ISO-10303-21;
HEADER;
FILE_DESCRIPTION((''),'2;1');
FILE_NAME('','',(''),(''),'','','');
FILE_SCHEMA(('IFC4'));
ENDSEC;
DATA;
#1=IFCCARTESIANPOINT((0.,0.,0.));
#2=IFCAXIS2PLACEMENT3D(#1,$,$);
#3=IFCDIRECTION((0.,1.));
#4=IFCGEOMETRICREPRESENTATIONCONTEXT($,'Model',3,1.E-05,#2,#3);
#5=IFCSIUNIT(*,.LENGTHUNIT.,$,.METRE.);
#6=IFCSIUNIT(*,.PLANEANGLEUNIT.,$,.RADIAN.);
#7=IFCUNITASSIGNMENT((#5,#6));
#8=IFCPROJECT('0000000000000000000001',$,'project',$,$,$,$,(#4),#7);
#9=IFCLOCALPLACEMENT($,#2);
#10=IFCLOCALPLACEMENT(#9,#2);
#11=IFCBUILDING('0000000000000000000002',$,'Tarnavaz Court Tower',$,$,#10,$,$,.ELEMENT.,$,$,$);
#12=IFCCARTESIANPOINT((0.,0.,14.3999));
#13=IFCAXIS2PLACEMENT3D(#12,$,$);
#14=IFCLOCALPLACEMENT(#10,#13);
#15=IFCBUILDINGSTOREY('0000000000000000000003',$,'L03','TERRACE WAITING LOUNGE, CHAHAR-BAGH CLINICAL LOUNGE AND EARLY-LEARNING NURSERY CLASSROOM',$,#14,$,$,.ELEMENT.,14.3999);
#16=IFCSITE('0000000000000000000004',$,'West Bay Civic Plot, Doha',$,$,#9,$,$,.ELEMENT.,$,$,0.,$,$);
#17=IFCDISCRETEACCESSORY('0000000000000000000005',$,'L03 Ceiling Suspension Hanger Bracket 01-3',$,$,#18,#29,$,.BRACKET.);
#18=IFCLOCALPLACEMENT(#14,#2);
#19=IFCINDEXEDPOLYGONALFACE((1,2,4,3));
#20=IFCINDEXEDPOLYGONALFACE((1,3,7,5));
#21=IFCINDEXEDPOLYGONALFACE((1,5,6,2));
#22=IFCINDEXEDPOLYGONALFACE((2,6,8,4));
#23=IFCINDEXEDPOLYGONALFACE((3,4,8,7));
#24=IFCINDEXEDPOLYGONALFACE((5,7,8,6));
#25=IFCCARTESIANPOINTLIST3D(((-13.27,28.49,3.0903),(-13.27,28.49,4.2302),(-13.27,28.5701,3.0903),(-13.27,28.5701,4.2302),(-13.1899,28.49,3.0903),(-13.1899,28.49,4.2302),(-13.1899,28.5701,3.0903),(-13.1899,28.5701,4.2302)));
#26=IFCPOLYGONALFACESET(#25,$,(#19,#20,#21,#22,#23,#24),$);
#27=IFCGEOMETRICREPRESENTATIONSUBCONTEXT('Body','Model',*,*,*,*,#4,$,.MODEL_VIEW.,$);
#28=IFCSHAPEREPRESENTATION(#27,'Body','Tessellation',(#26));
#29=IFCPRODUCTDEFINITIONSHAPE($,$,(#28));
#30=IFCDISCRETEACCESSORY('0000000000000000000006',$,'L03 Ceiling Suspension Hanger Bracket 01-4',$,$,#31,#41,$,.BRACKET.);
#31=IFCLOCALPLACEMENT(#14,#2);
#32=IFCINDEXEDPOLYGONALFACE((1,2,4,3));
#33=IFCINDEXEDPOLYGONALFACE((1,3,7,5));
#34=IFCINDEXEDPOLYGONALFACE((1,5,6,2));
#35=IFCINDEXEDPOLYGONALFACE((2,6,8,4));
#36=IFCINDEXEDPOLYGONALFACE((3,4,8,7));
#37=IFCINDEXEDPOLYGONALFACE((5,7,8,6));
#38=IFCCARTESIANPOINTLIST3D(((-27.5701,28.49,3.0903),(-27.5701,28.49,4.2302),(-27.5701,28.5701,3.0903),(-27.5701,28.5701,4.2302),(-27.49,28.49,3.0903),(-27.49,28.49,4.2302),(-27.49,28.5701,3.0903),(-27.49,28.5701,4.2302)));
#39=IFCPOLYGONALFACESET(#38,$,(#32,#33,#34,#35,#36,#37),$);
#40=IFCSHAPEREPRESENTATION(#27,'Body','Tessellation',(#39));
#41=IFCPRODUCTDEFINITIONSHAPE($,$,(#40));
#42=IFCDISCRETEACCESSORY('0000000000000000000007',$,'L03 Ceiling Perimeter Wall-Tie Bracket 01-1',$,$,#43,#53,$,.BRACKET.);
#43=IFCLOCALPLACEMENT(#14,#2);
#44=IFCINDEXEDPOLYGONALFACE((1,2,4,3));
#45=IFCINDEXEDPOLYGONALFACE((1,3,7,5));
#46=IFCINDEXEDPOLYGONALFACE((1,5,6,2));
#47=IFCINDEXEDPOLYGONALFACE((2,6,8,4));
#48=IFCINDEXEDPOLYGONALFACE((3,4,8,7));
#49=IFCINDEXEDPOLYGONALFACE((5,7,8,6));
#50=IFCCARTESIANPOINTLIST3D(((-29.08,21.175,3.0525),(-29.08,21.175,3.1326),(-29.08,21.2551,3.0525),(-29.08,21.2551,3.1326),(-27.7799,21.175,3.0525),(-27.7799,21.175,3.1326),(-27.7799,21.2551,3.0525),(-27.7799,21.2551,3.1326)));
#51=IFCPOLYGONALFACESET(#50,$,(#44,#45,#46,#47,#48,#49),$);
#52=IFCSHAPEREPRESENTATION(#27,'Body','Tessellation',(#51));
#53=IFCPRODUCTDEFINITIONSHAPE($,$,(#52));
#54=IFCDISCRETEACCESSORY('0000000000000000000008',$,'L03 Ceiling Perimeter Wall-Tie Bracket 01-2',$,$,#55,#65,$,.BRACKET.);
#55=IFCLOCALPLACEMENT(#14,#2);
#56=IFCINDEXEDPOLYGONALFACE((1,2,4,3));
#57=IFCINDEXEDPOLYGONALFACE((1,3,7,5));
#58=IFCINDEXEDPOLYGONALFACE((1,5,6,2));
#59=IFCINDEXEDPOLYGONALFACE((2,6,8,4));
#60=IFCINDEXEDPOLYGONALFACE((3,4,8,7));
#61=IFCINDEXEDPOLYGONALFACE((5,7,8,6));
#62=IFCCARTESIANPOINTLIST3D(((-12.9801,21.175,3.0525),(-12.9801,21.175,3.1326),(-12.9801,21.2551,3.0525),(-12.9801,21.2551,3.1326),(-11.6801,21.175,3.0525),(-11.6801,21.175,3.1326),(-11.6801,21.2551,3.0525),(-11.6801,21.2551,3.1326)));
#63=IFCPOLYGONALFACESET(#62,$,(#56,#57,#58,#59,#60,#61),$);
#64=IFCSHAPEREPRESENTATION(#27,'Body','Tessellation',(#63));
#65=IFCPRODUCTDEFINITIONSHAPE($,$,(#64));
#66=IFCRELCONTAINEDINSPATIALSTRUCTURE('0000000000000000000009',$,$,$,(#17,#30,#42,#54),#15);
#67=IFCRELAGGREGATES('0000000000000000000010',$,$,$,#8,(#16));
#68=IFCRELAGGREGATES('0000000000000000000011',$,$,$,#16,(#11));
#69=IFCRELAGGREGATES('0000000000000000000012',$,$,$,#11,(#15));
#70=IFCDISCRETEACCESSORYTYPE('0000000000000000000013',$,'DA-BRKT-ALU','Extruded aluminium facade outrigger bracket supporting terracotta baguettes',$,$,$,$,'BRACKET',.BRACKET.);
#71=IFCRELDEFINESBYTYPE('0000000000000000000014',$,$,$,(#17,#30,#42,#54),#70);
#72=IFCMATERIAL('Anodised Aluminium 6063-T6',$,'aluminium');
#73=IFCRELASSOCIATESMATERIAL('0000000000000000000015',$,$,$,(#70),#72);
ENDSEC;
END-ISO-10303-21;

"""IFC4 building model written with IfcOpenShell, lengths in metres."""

from ifc_helpers import new_model, si_unit, direction, frame, origin, origin_2d, place, context, subcontext, project, spatial, rectangle, extrude, material, type_object, element, save


model = new_model("IFC4")

# Units and contexts
model_context = context("Model", 3, precision=1e-05, world=origin(), true_north=direction((0.0, 1.0)))
body_context = subcontext(model_context, "Body", "Model", "MODEL_VIEW")
ifc_project = project(units=[si_unit("LENGTHUNIT", "METRE"), si_unit("PLANEANGLEUNIT", "RADIAN")], contexts=[model_context])

# Site, building, storey
site_placement = place(None, origin())
site = spatial("IfcSite", under=ifc_project, at=site_placement, Name="West Bay Civic Plot, Doha", CompositionType="ELEMENT", RefElevation=0.0)
building_placement = place(site_placement, origin())
building = spatial("IfcBuilding", under=site, at=building_placement, Name="Tarnavaz Court Tower", CompositionType="ELEMENT")
storey_placement = place(building_placement, frame((0.0, 0.0, 14.3999)))
storey = spatial("IfcBuildingStorey", under=building, at=storey_placement, Name="L03", Description="TERRACE WAITING LOUNGE, CHAHAR-BAGH CLINICAL LOUNGE AND EARLY-LEARNING NURSERY CLASSROOM", CompositionType="ELEMENT", Elevation=14.3999)

# Shared definitions
ifc_material_1 = material(Name="Anodised Aluminium 6063-T6", Category="aluminium")

# Discrete accessories
discrete_accessory_type = type_object("IfcDiscreteAccessoryType", Name="DA-BRKT-ALU", Description="Extruded aluminium facade outrigger bracket supporting terracotta baguettes", ElementType="BRACKET", PredefinedType="BRACKET", material=ifc_material_1)
for number, where, z_axis, x_axis, name in (
    (1, (-13.23, 28.53, 3.0903), (0.0, 0.0, 1.0), (1.0, 0.0, 0.0), "L03 Ceiling Suspension Hanger Bracket 01-3"),
    (2, (-27.53, 28.53, 3.0903), (0.0, 0.0, 1.0), (1.0, 0.0, 0.0), "L03 Ceiling Suspension Hanger Bracket 01-4"),
):
    element("IfcDiscreteAccessory", number, at=place(storey_placement, frame(where, z_axis=z_axis, x_axis=x_axis)), inside=storey, type_object=discrete_accessory_type, Name=name, PredefinedType="BRACKET", context=body_context, shape_type="SweptSolid", body=[
        extrude(rectangle(XDim=0.0801, YDim=0.0801, at=origin_2d()), origin(), (0.0, 0.0, 1.0), 1.1399),
    ])
for number, where, z_axis, x_axis, name in (
    (3, (-28.4299, 21.2151, 3.0525), (0.0, 0.0, 1.0), (1.0, 0.0, 0.0), "L03 Ceiling Perimeter Wall-Tie Bracket 01-1"),
    (4, (-12.3301, 21.2151, 3.0525), (0.0, 0.0, 1.0), (1.0, 0.0, 0.0), "L03 Ceiling Perimeter Wall-Tie Bracket 01-2"),
):
    element("IfcDiscreteAccessory", number, at=place(storey_placement, frame(where, z_axis=z_axis, x_axis=x_axis)), inside=storey, type_object=discrete_accessory_type, Name=name, PredefinedType="BRACKET", context=body_context, shape_type="SweptSolid", body=[
        extrude(rectangle(XDim=1.3, YDim=0.0801, at=origin_2d()), origin(), (0.0, 0.0, 1.0), 0.0801),
    ])

save(model, "model.ifc")
